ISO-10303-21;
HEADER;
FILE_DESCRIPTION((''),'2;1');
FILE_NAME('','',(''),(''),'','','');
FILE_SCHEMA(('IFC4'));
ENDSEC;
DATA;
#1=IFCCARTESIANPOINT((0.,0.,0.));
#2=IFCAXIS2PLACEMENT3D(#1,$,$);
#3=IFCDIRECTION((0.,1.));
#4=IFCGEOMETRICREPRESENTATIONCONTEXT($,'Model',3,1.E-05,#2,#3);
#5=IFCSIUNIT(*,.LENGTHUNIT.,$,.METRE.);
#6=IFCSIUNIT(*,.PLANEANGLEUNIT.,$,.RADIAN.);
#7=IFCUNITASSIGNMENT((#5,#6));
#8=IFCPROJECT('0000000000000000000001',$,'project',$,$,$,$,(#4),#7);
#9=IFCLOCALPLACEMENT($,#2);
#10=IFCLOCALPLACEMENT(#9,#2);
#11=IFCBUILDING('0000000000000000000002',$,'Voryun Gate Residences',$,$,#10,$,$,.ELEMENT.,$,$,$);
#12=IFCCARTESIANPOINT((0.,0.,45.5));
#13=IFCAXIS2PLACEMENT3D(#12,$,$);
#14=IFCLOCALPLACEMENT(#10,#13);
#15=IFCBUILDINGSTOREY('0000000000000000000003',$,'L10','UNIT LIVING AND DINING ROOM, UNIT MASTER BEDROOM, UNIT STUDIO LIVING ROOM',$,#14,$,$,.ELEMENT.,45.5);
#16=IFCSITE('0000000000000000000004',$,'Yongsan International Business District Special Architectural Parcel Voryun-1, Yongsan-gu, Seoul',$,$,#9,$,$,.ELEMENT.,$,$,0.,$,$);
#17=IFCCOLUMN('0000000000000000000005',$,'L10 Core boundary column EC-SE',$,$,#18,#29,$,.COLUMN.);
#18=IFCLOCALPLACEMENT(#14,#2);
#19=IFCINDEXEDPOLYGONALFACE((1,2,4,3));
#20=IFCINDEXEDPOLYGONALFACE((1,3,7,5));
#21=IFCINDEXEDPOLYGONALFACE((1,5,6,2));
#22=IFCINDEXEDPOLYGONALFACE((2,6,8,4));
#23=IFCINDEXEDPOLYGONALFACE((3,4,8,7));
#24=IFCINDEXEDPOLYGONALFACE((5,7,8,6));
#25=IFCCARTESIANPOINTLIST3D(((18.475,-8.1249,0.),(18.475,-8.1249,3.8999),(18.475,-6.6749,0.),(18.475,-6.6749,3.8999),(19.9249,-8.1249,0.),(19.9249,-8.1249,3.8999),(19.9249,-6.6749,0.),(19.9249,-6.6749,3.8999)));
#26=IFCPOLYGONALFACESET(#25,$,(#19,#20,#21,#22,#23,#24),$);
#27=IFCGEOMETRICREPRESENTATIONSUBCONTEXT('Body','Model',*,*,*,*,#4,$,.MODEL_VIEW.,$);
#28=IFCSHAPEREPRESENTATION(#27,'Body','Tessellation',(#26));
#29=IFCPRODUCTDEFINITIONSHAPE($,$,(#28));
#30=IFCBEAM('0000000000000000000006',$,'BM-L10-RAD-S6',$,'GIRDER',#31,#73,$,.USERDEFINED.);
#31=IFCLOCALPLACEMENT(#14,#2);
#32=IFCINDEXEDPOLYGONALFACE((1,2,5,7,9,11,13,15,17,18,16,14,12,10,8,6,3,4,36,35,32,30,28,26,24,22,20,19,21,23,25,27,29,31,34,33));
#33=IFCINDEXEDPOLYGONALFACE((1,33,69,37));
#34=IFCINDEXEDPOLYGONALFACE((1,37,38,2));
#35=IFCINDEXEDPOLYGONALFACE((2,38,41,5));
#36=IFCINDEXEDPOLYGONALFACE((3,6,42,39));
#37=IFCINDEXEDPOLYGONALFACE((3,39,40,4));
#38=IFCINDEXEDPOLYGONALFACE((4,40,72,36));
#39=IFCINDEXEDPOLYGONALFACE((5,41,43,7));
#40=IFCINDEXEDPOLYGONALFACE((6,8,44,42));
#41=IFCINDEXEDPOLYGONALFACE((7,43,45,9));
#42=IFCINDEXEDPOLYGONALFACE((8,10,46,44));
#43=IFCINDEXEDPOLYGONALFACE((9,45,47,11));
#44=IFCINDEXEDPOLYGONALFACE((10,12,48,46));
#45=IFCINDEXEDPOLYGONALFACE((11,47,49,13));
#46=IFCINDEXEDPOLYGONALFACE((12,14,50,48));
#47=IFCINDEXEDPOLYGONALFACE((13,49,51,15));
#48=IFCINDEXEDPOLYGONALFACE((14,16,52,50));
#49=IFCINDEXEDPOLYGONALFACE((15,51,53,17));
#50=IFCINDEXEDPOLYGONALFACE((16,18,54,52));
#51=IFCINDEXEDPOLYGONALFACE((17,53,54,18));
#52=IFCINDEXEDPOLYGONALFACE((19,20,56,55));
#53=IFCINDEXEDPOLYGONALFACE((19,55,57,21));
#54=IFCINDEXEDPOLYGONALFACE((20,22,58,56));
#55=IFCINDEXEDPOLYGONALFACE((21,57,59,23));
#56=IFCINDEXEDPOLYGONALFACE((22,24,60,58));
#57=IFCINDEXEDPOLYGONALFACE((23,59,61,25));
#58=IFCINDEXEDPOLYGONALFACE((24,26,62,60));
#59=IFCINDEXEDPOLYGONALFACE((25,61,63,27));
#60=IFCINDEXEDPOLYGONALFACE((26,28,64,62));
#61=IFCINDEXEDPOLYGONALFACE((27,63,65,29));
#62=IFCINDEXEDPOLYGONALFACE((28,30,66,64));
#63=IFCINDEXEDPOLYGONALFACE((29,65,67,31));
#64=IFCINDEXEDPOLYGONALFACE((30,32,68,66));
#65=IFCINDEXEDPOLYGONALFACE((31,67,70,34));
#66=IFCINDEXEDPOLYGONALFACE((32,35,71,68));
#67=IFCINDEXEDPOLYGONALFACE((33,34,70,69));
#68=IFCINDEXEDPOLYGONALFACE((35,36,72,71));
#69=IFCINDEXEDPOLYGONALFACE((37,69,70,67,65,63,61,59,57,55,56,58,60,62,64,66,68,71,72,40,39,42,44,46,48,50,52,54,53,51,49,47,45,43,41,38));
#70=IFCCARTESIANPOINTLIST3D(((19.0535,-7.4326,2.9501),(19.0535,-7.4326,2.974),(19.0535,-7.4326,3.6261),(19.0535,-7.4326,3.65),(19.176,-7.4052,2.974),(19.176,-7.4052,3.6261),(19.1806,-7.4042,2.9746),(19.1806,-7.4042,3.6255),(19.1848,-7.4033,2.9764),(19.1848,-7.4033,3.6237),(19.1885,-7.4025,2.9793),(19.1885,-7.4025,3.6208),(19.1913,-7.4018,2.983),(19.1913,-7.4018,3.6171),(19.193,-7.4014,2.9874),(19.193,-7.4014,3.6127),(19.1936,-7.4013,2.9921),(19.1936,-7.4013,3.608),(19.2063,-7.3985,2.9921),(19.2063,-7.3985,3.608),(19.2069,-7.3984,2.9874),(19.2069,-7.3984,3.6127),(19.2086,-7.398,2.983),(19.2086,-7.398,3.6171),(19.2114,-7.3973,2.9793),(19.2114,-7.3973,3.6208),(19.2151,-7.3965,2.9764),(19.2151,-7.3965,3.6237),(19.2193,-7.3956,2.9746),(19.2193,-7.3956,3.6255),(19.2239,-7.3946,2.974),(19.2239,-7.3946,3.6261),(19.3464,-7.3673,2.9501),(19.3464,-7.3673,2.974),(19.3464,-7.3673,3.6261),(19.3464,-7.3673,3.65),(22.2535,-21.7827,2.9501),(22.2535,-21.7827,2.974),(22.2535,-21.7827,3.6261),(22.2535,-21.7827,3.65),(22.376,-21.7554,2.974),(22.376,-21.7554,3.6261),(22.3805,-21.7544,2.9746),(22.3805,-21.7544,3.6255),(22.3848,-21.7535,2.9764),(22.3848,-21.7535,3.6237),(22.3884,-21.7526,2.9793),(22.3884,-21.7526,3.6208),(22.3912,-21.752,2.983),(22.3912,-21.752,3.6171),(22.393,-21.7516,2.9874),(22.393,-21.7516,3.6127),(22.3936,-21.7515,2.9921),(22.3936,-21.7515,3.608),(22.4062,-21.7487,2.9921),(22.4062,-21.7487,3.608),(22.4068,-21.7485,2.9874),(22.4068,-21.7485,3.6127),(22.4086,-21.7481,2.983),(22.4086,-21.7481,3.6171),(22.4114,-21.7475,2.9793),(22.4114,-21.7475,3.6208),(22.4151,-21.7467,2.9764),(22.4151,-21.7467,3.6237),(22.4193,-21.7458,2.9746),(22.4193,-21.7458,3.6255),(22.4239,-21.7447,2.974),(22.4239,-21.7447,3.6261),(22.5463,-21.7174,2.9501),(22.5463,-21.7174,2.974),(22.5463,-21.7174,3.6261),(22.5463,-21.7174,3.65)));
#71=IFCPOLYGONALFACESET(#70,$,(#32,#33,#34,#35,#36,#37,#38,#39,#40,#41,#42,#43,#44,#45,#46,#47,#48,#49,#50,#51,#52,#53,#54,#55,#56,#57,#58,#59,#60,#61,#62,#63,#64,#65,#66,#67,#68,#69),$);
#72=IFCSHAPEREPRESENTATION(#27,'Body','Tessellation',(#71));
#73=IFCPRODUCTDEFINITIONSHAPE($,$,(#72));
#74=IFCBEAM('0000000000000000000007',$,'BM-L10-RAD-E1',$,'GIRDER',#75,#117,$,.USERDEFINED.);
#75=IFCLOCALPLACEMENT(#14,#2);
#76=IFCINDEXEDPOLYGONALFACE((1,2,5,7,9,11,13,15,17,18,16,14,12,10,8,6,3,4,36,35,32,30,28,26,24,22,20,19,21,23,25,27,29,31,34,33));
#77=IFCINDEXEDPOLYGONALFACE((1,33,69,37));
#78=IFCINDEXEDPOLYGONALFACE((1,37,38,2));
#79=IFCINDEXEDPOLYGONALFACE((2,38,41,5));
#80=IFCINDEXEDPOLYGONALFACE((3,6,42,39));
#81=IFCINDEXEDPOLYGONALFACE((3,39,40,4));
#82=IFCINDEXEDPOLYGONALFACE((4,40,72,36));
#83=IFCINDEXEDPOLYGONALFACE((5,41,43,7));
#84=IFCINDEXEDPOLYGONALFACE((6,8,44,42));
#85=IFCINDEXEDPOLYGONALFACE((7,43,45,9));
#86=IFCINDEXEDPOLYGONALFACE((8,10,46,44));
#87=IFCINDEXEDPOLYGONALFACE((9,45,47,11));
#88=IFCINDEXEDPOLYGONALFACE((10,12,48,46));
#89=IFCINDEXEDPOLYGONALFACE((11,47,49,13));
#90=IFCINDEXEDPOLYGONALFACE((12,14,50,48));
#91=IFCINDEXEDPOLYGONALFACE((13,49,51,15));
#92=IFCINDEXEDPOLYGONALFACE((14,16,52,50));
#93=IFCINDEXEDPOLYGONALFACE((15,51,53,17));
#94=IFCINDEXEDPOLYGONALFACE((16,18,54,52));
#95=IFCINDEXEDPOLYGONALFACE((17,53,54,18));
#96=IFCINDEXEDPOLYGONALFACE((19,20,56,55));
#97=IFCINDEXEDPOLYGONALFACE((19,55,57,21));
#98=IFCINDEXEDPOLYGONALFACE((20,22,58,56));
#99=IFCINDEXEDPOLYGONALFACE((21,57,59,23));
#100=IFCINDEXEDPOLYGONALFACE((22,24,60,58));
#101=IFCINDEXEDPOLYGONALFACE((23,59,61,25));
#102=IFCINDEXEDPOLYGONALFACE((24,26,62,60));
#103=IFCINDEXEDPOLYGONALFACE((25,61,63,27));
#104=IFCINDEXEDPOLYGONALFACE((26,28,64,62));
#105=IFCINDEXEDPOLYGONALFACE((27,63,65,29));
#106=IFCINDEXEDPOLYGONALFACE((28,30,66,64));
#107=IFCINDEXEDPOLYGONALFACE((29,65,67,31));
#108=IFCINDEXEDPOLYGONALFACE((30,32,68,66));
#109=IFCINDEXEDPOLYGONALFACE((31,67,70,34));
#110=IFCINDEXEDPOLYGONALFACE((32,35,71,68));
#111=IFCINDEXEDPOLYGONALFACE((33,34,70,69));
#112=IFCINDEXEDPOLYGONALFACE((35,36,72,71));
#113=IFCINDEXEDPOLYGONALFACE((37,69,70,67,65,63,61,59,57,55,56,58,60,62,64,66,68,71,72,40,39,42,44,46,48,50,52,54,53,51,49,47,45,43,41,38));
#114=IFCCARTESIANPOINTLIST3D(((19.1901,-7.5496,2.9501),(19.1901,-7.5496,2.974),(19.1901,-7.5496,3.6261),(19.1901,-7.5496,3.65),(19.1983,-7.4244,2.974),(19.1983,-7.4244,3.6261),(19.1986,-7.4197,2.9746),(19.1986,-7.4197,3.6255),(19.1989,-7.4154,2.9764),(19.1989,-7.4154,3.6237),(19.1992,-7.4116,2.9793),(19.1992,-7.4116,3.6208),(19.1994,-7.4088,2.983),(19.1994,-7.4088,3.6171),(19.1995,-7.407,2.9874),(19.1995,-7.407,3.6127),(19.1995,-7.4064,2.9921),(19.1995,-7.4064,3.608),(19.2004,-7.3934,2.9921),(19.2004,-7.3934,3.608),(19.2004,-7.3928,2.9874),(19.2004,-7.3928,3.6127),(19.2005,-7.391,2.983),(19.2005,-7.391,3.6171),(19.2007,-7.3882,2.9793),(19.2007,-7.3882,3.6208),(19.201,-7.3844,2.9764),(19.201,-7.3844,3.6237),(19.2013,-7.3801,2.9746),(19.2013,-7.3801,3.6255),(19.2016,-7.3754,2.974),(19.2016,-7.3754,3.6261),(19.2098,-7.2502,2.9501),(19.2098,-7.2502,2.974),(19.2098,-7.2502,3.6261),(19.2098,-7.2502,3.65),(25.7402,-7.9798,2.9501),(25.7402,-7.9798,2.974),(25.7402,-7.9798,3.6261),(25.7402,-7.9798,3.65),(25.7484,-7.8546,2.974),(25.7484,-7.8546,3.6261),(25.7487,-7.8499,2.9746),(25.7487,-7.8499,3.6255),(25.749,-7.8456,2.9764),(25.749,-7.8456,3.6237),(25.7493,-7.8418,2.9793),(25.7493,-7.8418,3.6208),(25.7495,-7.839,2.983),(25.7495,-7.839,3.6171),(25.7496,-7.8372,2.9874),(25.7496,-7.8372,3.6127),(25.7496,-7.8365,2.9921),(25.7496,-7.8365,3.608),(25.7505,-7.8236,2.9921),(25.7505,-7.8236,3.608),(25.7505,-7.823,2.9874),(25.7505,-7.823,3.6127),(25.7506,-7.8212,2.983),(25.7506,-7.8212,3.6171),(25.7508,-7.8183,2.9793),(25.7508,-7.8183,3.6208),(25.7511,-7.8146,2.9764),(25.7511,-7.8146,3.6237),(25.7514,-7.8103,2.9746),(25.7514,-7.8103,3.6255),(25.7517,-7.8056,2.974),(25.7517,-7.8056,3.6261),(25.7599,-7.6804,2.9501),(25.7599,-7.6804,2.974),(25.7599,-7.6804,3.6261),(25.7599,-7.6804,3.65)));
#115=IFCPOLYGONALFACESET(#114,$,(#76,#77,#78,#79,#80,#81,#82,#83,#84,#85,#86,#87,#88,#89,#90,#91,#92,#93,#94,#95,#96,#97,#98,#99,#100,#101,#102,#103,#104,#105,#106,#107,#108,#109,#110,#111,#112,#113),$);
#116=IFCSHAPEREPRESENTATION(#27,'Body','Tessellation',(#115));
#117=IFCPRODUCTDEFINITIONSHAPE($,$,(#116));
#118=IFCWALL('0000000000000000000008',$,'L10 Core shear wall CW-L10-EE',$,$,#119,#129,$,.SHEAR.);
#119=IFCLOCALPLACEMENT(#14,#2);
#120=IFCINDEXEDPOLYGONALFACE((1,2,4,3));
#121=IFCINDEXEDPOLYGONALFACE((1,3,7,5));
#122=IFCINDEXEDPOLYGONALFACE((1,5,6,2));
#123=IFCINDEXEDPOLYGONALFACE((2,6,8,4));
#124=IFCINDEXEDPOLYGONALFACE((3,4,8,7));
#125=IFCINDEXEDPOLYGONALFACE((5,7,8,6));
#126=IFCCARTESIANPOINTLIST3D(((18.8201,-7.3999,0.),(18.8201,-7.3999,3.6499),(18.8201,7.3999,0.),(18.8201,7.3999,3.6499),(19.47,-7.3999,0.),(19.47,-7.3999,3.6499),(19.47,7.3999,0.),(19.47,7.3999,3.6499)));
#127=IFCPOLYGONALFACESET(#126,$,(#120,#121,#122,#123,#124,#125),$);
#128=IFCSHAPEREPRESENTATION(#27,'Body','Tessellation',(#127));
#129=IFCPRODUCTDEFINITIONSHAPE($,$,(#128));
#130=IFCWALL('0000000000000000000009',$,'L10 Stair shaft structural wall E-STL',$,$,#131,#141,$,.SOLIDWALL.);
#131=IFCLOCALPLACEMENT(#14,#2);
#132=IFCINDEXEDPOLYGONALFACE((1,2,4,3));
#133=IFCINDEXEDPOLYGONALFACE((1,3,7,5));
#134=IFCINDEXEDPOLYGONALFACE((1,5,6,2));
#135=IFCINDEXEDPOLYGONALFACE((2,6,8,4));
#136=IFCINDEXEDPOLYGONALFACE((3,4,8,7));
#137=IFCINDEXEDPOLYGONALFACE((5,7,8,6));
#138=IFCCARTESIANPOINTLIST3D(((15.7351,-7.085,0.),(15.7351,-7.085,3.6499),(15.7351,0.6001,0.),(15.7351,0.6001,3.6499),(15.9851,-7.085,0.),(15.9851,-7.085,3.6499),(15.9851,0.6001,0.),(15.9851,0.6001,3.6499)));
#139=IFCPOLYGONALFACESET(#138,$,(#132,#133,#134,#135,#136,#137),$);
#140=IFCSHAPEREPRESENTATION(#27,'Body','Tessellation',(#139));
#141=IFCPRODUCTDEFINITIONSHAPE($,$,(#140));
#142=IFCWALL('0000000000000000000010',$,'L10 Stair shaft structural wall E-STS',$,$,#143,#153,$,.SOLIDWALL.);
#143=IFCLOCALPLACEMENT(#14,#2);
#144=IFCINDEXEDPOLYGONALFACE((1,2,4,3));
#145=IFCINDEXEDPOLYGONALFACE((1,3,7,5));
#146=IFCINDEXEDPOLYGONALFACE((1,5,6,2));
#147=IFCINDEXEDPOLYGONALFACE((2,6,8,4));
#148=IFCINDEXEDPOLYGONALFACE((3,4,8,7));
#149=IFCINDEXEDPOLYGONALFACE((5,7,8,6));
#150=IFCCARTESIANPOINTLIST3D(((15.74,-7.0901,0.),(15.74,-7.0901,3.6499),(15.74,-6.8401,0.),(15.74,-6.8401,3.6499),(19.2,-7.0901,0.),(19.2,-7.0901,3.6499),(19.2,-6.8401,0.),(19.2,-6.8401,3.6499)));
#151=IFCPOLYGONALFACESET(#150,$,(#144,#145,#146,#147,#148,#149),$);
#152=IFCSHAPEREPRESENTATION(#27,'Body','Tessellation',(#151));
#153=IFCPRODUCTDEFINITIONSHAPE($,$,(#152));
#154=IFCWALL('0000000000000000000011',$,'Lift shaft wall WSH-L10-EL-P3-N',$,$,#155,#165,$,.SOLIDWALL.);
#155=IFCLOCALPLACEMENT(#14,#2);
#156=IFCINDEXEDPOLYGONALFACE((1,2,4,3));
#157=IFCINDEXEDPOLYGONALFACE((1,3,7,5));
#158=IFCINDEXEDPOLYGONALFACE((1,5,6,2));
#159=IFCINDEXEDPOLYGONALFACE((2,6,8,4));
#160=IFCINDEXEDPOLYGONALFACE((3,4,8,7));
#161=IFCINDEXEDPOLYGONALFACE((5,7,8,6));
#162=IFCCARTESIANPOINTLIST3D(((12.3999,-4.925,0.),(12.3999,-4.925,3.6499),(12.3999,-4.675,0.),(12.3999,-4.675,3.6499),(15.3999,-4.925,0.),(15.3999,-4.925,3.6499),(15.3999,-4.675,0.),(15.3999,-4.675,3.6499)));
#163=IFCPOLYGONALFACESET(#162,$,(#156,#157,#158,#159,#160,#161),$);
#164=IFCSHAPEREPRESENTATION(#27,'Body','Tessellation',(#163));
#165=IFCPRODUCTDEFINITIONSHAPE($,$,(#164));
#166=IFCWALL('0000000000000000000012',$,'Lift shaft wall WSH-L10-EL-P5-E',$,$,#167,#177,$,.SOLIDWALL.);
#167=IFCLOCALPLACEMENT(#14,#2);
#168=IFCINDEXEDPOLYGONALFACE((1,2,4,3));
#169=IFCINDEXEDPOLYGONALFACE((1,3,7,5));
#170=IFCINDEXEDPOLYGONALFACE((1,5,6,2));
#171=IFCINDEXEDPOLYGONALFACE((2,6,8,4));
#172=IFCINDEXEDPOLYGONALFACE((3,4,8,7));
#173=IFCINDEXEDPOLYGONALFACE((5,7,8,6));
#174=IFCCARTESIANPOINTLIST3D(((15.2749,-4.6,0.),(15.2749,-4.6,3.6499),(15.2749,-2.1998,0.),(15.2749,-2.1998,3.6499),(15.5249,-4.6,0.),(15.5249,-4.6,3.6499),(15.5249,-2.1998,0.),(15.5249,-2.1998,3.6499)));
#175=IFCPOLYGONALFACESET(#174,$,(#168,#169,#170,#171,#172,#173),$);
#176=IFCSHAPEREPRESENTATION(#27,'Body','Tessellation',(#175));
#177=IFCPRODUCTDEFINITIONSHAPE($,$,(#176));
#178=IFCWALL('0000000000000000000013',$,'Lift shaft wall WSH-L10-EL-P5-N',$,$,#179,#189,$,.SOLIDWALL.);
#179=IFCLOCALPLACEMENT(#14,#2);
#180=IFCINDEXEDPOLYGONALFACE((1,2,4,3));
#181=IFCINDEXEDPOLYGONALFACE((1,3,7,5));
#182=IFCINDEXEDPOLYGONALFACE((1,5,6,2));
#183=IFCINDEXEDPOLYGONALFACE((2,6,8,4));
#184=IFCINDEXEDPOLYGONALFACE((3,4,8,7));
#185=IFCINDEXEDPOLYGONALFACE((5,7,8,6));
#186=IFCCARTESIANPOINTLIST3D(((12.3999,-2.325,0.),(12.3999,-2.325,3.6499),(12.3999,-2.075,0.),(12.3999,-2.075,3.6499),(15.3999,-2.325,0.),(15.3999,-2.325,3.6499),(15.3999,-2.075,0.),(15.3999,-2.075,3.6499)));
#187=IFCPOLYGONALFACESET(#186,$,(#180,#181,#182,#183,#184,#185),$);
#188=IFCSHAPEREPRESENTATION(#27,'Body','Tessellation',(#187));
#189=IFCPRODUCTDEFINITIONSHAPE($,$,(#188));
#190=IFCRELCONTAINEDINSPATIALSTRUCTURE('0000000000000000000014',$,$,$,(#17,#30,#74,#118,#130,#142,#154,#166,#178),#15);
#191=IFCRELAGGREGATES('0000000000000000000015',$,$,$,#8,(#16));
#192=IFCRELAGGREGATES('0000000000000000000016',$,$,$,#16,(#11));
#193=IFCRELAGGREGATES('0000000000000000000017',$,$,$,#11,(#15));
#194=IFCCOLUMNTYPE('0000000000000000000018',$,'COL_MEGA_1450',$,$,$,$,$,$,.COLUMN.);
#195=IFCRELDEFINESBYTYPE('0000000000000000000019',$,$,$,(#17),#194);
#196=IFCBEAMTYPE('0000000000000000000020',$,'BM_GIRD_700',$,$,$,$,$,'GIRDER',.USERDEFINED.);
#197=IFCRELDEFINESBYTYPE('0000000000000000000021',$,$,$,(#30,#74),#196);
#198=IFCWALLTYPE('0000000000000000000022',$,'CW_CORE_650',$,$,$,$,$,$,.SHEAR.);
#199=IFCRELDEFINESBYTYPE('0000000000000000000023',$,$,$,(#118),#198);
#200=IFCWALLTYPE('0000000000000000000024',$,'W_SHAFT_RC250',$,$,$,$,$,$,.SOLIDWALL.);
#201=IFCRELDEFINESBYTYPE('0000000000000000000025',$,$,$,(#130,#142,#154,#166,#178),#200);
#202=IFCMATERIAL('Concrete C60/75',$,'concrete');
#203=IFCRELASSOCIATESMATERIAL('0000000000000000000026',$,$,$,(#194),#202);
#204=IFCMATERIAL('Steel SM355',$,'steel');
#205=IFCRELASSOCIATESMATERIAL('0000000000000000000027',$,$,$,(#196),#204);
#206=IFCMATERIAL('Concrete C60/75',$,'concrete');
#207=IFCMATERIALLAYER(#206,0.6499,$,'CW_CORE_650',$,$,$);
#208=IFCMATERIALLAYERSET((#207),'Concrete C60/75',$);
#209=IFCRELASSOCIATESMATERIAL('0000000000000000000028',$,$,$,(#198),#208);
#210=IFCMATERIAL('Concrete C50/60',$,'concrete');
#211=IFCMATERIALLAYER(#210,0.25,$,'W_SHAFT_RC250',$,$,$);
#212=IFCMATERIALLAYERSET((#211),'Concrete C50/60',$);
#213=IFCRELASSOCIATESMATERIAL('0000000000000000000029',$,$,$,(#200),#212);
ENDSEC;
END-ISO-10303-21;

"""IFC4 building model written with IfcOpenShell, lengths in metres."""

from ifc_helpers import new_model, si_unit, direction, frame, frame_2d, origin, origin_2d, place, context, subcontext, project, spatial, rectangle, i_section, extrude, material, layer, layer_set, material_profile, profile_set, type_object, element, save


model = new_model("IFC4")

# Units and contexts
model_context = context("Model", 3, precision=1e-05, world=origin(), true_north=direction((0.0, 1.0)))
body_context = subcontext(model_context, "Body", "Model", "MODEL_VIEW")
ifc_project = project(units=[si_unit("LENGTHUNIT", "METRE"), si_unit("PLANEANGLEUNIT", "RADIAN")], contexts=[model_context])

# Site, building, storey
site_placement = place(None, origin())
site = spatial("IfcSite", under=ifc_project, at=site_placement, Name="Yongsan International Business District Special Architectural Parcel Voryun-1, Yongsan-gu, Seoul", CompositionType="ELEMENT", RefElevation=0.0)
building_placement = place(site_placement, origin())
building = spatial("IfcBuilding", under=site, at=building_placement, Name="Voryun Gate Residences", CompositionType="ELEMENT")
storey_placement = place(building_placement, frame((0.0, 0.0, 45.5)))
storey = spatial("IfcBuildingStorey", under=building, at=storey_placement, Name="L10", Description="UNIT LIVING AND DINING ROOM, UNIT MASTER BEDROOM, UNIT STUDIO LIVING ROOM", CompositionType="ELEMENT", Elevation=45.5)

# Column
ifc_material_1 = material(Name="Concrete C60/75", Category="concrete")
ifc_material_profile_1 = material_profile(ifc_material_1, rectangle(XDim=1.45, YDim=1.45, at=origin_2d()), Name="RC-1450x1450")
ifc_profile_set_1 = profile_set([ifc_material_profile_1], Name="Concrete C60/75")
column_type = type_object("IfcColumnType", Name="COL_MEGA_1450", PredefinedType="COLUMN", material=ifc_profile_set_1)
column_placement = place(storey_placement, frame((19.2, -7.3999, 0.0), z_axis=(0.0, 0.0, 1.0), x_axis=(1.0, 0.0, 0.0)))
element("IfcColumn", 1, at=column_placement, inside=storey, type_object=column_type, Name="L10 Core boundary column EC-SE", PredefinedType="COLUMN", context=body_context, shape_type="SweptSolid", body=[
    extrude(rectangle(XDim=1.45, YDim=1.45, at=origin_2d()), origin(), (0.0, 0.0, 1.0), 3.8999),
])

# Beams
ifc_material_2 = material(Name="Steel SM355", Category="steel")
ifc_material_profile_2 = material_profile(ifc_material_2, i_section(OverallWidth=0.3, OverallDepth=0.7, WebThickness=0.0129, FlangeThickness=0.0239, FilletRadius=0.0181, at=origin_2d()), Name="H-700x300x13x24")
ifc_profile_set_2 = profile_set([ifc_material_profile_2], Name="Steel SM355")
beam_type = type_object("IfcBeamType", Name="BM_GIRD_700", ElementType="GIRDER", PredefinedType="USERDEFINED", material=ifc_profile_set_2)
beam_1_placement = place(storey_placement, frame((19.2, -7.3999, 3.3), z_axis=(0.217646, -0.976028, 0.0), x_axis=(0.976028, 0.217646, 0.0)))
element("IfcBeam", 2, at=beam_1_placement, inside=storey, type_object=beam_type, Name="BM-L10-RAD-S6", ObjectType="GIRDER", PredefinedType="USERDEFINED", context=body_context, shape_type="SweptSolid", body=[
    extrude(i_section(OverallWidth=0.3, OverallDepth=0.7, WebThickness=0.0129, FlangeThickness=0.0239, FilletRadius=0.0181, at=origin_2d()), origin(), (0.0, 0.0, 1.0), 14.7026),
])
beam_2_placement = place(storey_placement, frame((19.2, -7.3999, 3.3), z_axis=(0.99785, -0.065534, 0.0), x_axis=(0.065534, 0.99785, 0.0)))
element("IfcBeam", 3, at=beam_2_placement, inside=storey, type_object=beam_type, Name="BM-L10-RAD-E1", ObjectType="GIRDER", PredefinedType="USERDEFINED", context=body_context, shape_type="SweptSolid", body=[
    extrude(i_section(OverallWidth=0.3, OverallDepth=0.7, WebThickness=0.0129, FlangeThickness=0.0239, FilletRadius=0.0181, at=origin_2d()), origin(), (0.0, 0.0, 1.0), 6.5642),
])

# Walls
ifc_material_3 = material(Name="Concrete C60/75", Category="concrete")
ifc_layer_1 = layer(ifc_material_3, 0.6499, Name="CW_CORE_650")
ifc_layer_set_1 = layer_set([ifc_layer_1], Name="Concrete C60/75")
wall_type_1 = type_object("IfcWallType", Name="CW_CORE_650", PredefinedType="SHEAR", material=ifc_layer_set_1)
wall_1_placement = place(storey_placement, frame((19.145, -7.3999, 0.0), z_axis=(0.0, 0.0, 1.0), x_axis=(0.0, 1.0, 0.0)))
element("IfcWall", 4, at=wall_1_placement, inside=storey, type_object=wall_type_1, Name="L10 Core shear wall CW-L10-EE", PredefinedType="SHEAR", context=body_context, shape_type="SweptSolid", body=[
    extrude(rectangle(XDim=14.7998, YDim=0.6499, at=frame_2d((7.3999, 0.0))), origin(), (0.0, 0.0, 1.0), 3.6499),
])
ifc_material_4 = material(Name="Concrete C50/60", Category="concrete")
ifc_layer_2 = layer(ifc_material_4, 0.25, Name="W_SHAFT_RC250")
ifc_layer_set_2 = layer_set([ifc_layer_2], Name="Concrete C50/60")
wall_type_2 = type_object("IfcWallType", Name="W_SHAFT_RC250", PredefinedType="SOLIDWALL", material=ifc_layer_set_2)
wall_2_placement = place(storey_placement, frame((15.8601, -7.085, 0.0), z_axis=(0.0, 0.0, 1.0), x_axis=(0.0, 1.0, 0.0)))
element("IfcWall", 5, at=wall_2_placement, inside=storey, type_object=wall_type_2, Name="L10 Stair shaft structural wall E-STL", PredefinedType="SOLIDWALL", context=body_context, shape_type="SweptSolid", body=[
    extrude(rectangle(XDim=7.6851, YDim=0.25, at=frame_2d((3.8425, 0.0))), origin(), (0.0, 0.0, 1.0), 3.6499),
])
wall_3_placement = place(storey_placement, frame((15.74, -6.9651, 0.0), z_axis=(0.0, 0.0, 1.0), x_axis=(1.0, 0.0, 0.0)))
element("IfcWall", 6, at=wall_3_placement, inside=storey, type_object=wall_type_2, Name="L10 Stair shaft structural wall E-STS", PredefinedType="SOLIDWALL", context=body_context, shape_type="SweptSolid", body=[
    extrude(rectangle(XDim=3.46, YDim=0.25, at=frame_2d((1.73, 0.0))), origin(), (0.0, 0.0, 1.0), 3.6499),
])
wall_4_placement = place(storey_placement, frame((15.3999, -4.8, 0.0), z_axis=(0.0, 0.0, 1.0), x_axis=(-1.0, 0.0, 0.0)))
element("IfcWall", 7, at=wall_4_placement, inside=storey, type_object=wall_type_2, Name="Lift shaft wall WSH-L10-EL-P3-N", PredefinedType="SOLIDWALL", context=body_context, shape_type="SweptSolid", body=[
    extrude(rectangle(XDim=3.0, YDim=0.25, at=frame_2d((1.5, 0.0))), origin(), (0.0, 0.0, 1.0), 3.6499),
])
wall_5_placement = place(storey_placement, frame((15.3999, -4.6001, 0.0), z_axis=(0.0, 0.0, 1.0), x_axis=(0.0, 1.0, 0.0)))
element("IfcWall", 8, at=wall_5_placement, inside=storey, type_object=wall_type_2, Name="Lift shaft wall WSH-L10-EL-P5-E", PredefinedType="SOLIDWALL", context=body_context, shape_type="SweptSolid", body=[
    extrude(rectangle(XDim=2.4001, YDim=0.25, at=frame_2d((1.2002, 0.0))), origin(), (0.0, 0.0, 1.0), 3.6499),
])
wall_6_placement = place(storey_placement, frame((15.3999, -2.2, 0.0), z_axis=(0.0, 0.0, 1.0), x_axis=(-1.0, 0.0, 0.0)))
element("IfcWall", 9, at=wall_6_placement, inside=storey, type_object=wall_type_2, Name="Lift shaft wall WSH-L10-EL-P5-N", PredefinedType="SOLIDWALL", context=body_context, shape_type="SweptSolid", body=[
    extrude(rectangle(XDim=3.0, YDim=0.25, at=frame_2d((1.5, 0.0))), origin(), (0.0, 0.0, 1.0), 3.6499),
])

save(model, "model.ifc")
